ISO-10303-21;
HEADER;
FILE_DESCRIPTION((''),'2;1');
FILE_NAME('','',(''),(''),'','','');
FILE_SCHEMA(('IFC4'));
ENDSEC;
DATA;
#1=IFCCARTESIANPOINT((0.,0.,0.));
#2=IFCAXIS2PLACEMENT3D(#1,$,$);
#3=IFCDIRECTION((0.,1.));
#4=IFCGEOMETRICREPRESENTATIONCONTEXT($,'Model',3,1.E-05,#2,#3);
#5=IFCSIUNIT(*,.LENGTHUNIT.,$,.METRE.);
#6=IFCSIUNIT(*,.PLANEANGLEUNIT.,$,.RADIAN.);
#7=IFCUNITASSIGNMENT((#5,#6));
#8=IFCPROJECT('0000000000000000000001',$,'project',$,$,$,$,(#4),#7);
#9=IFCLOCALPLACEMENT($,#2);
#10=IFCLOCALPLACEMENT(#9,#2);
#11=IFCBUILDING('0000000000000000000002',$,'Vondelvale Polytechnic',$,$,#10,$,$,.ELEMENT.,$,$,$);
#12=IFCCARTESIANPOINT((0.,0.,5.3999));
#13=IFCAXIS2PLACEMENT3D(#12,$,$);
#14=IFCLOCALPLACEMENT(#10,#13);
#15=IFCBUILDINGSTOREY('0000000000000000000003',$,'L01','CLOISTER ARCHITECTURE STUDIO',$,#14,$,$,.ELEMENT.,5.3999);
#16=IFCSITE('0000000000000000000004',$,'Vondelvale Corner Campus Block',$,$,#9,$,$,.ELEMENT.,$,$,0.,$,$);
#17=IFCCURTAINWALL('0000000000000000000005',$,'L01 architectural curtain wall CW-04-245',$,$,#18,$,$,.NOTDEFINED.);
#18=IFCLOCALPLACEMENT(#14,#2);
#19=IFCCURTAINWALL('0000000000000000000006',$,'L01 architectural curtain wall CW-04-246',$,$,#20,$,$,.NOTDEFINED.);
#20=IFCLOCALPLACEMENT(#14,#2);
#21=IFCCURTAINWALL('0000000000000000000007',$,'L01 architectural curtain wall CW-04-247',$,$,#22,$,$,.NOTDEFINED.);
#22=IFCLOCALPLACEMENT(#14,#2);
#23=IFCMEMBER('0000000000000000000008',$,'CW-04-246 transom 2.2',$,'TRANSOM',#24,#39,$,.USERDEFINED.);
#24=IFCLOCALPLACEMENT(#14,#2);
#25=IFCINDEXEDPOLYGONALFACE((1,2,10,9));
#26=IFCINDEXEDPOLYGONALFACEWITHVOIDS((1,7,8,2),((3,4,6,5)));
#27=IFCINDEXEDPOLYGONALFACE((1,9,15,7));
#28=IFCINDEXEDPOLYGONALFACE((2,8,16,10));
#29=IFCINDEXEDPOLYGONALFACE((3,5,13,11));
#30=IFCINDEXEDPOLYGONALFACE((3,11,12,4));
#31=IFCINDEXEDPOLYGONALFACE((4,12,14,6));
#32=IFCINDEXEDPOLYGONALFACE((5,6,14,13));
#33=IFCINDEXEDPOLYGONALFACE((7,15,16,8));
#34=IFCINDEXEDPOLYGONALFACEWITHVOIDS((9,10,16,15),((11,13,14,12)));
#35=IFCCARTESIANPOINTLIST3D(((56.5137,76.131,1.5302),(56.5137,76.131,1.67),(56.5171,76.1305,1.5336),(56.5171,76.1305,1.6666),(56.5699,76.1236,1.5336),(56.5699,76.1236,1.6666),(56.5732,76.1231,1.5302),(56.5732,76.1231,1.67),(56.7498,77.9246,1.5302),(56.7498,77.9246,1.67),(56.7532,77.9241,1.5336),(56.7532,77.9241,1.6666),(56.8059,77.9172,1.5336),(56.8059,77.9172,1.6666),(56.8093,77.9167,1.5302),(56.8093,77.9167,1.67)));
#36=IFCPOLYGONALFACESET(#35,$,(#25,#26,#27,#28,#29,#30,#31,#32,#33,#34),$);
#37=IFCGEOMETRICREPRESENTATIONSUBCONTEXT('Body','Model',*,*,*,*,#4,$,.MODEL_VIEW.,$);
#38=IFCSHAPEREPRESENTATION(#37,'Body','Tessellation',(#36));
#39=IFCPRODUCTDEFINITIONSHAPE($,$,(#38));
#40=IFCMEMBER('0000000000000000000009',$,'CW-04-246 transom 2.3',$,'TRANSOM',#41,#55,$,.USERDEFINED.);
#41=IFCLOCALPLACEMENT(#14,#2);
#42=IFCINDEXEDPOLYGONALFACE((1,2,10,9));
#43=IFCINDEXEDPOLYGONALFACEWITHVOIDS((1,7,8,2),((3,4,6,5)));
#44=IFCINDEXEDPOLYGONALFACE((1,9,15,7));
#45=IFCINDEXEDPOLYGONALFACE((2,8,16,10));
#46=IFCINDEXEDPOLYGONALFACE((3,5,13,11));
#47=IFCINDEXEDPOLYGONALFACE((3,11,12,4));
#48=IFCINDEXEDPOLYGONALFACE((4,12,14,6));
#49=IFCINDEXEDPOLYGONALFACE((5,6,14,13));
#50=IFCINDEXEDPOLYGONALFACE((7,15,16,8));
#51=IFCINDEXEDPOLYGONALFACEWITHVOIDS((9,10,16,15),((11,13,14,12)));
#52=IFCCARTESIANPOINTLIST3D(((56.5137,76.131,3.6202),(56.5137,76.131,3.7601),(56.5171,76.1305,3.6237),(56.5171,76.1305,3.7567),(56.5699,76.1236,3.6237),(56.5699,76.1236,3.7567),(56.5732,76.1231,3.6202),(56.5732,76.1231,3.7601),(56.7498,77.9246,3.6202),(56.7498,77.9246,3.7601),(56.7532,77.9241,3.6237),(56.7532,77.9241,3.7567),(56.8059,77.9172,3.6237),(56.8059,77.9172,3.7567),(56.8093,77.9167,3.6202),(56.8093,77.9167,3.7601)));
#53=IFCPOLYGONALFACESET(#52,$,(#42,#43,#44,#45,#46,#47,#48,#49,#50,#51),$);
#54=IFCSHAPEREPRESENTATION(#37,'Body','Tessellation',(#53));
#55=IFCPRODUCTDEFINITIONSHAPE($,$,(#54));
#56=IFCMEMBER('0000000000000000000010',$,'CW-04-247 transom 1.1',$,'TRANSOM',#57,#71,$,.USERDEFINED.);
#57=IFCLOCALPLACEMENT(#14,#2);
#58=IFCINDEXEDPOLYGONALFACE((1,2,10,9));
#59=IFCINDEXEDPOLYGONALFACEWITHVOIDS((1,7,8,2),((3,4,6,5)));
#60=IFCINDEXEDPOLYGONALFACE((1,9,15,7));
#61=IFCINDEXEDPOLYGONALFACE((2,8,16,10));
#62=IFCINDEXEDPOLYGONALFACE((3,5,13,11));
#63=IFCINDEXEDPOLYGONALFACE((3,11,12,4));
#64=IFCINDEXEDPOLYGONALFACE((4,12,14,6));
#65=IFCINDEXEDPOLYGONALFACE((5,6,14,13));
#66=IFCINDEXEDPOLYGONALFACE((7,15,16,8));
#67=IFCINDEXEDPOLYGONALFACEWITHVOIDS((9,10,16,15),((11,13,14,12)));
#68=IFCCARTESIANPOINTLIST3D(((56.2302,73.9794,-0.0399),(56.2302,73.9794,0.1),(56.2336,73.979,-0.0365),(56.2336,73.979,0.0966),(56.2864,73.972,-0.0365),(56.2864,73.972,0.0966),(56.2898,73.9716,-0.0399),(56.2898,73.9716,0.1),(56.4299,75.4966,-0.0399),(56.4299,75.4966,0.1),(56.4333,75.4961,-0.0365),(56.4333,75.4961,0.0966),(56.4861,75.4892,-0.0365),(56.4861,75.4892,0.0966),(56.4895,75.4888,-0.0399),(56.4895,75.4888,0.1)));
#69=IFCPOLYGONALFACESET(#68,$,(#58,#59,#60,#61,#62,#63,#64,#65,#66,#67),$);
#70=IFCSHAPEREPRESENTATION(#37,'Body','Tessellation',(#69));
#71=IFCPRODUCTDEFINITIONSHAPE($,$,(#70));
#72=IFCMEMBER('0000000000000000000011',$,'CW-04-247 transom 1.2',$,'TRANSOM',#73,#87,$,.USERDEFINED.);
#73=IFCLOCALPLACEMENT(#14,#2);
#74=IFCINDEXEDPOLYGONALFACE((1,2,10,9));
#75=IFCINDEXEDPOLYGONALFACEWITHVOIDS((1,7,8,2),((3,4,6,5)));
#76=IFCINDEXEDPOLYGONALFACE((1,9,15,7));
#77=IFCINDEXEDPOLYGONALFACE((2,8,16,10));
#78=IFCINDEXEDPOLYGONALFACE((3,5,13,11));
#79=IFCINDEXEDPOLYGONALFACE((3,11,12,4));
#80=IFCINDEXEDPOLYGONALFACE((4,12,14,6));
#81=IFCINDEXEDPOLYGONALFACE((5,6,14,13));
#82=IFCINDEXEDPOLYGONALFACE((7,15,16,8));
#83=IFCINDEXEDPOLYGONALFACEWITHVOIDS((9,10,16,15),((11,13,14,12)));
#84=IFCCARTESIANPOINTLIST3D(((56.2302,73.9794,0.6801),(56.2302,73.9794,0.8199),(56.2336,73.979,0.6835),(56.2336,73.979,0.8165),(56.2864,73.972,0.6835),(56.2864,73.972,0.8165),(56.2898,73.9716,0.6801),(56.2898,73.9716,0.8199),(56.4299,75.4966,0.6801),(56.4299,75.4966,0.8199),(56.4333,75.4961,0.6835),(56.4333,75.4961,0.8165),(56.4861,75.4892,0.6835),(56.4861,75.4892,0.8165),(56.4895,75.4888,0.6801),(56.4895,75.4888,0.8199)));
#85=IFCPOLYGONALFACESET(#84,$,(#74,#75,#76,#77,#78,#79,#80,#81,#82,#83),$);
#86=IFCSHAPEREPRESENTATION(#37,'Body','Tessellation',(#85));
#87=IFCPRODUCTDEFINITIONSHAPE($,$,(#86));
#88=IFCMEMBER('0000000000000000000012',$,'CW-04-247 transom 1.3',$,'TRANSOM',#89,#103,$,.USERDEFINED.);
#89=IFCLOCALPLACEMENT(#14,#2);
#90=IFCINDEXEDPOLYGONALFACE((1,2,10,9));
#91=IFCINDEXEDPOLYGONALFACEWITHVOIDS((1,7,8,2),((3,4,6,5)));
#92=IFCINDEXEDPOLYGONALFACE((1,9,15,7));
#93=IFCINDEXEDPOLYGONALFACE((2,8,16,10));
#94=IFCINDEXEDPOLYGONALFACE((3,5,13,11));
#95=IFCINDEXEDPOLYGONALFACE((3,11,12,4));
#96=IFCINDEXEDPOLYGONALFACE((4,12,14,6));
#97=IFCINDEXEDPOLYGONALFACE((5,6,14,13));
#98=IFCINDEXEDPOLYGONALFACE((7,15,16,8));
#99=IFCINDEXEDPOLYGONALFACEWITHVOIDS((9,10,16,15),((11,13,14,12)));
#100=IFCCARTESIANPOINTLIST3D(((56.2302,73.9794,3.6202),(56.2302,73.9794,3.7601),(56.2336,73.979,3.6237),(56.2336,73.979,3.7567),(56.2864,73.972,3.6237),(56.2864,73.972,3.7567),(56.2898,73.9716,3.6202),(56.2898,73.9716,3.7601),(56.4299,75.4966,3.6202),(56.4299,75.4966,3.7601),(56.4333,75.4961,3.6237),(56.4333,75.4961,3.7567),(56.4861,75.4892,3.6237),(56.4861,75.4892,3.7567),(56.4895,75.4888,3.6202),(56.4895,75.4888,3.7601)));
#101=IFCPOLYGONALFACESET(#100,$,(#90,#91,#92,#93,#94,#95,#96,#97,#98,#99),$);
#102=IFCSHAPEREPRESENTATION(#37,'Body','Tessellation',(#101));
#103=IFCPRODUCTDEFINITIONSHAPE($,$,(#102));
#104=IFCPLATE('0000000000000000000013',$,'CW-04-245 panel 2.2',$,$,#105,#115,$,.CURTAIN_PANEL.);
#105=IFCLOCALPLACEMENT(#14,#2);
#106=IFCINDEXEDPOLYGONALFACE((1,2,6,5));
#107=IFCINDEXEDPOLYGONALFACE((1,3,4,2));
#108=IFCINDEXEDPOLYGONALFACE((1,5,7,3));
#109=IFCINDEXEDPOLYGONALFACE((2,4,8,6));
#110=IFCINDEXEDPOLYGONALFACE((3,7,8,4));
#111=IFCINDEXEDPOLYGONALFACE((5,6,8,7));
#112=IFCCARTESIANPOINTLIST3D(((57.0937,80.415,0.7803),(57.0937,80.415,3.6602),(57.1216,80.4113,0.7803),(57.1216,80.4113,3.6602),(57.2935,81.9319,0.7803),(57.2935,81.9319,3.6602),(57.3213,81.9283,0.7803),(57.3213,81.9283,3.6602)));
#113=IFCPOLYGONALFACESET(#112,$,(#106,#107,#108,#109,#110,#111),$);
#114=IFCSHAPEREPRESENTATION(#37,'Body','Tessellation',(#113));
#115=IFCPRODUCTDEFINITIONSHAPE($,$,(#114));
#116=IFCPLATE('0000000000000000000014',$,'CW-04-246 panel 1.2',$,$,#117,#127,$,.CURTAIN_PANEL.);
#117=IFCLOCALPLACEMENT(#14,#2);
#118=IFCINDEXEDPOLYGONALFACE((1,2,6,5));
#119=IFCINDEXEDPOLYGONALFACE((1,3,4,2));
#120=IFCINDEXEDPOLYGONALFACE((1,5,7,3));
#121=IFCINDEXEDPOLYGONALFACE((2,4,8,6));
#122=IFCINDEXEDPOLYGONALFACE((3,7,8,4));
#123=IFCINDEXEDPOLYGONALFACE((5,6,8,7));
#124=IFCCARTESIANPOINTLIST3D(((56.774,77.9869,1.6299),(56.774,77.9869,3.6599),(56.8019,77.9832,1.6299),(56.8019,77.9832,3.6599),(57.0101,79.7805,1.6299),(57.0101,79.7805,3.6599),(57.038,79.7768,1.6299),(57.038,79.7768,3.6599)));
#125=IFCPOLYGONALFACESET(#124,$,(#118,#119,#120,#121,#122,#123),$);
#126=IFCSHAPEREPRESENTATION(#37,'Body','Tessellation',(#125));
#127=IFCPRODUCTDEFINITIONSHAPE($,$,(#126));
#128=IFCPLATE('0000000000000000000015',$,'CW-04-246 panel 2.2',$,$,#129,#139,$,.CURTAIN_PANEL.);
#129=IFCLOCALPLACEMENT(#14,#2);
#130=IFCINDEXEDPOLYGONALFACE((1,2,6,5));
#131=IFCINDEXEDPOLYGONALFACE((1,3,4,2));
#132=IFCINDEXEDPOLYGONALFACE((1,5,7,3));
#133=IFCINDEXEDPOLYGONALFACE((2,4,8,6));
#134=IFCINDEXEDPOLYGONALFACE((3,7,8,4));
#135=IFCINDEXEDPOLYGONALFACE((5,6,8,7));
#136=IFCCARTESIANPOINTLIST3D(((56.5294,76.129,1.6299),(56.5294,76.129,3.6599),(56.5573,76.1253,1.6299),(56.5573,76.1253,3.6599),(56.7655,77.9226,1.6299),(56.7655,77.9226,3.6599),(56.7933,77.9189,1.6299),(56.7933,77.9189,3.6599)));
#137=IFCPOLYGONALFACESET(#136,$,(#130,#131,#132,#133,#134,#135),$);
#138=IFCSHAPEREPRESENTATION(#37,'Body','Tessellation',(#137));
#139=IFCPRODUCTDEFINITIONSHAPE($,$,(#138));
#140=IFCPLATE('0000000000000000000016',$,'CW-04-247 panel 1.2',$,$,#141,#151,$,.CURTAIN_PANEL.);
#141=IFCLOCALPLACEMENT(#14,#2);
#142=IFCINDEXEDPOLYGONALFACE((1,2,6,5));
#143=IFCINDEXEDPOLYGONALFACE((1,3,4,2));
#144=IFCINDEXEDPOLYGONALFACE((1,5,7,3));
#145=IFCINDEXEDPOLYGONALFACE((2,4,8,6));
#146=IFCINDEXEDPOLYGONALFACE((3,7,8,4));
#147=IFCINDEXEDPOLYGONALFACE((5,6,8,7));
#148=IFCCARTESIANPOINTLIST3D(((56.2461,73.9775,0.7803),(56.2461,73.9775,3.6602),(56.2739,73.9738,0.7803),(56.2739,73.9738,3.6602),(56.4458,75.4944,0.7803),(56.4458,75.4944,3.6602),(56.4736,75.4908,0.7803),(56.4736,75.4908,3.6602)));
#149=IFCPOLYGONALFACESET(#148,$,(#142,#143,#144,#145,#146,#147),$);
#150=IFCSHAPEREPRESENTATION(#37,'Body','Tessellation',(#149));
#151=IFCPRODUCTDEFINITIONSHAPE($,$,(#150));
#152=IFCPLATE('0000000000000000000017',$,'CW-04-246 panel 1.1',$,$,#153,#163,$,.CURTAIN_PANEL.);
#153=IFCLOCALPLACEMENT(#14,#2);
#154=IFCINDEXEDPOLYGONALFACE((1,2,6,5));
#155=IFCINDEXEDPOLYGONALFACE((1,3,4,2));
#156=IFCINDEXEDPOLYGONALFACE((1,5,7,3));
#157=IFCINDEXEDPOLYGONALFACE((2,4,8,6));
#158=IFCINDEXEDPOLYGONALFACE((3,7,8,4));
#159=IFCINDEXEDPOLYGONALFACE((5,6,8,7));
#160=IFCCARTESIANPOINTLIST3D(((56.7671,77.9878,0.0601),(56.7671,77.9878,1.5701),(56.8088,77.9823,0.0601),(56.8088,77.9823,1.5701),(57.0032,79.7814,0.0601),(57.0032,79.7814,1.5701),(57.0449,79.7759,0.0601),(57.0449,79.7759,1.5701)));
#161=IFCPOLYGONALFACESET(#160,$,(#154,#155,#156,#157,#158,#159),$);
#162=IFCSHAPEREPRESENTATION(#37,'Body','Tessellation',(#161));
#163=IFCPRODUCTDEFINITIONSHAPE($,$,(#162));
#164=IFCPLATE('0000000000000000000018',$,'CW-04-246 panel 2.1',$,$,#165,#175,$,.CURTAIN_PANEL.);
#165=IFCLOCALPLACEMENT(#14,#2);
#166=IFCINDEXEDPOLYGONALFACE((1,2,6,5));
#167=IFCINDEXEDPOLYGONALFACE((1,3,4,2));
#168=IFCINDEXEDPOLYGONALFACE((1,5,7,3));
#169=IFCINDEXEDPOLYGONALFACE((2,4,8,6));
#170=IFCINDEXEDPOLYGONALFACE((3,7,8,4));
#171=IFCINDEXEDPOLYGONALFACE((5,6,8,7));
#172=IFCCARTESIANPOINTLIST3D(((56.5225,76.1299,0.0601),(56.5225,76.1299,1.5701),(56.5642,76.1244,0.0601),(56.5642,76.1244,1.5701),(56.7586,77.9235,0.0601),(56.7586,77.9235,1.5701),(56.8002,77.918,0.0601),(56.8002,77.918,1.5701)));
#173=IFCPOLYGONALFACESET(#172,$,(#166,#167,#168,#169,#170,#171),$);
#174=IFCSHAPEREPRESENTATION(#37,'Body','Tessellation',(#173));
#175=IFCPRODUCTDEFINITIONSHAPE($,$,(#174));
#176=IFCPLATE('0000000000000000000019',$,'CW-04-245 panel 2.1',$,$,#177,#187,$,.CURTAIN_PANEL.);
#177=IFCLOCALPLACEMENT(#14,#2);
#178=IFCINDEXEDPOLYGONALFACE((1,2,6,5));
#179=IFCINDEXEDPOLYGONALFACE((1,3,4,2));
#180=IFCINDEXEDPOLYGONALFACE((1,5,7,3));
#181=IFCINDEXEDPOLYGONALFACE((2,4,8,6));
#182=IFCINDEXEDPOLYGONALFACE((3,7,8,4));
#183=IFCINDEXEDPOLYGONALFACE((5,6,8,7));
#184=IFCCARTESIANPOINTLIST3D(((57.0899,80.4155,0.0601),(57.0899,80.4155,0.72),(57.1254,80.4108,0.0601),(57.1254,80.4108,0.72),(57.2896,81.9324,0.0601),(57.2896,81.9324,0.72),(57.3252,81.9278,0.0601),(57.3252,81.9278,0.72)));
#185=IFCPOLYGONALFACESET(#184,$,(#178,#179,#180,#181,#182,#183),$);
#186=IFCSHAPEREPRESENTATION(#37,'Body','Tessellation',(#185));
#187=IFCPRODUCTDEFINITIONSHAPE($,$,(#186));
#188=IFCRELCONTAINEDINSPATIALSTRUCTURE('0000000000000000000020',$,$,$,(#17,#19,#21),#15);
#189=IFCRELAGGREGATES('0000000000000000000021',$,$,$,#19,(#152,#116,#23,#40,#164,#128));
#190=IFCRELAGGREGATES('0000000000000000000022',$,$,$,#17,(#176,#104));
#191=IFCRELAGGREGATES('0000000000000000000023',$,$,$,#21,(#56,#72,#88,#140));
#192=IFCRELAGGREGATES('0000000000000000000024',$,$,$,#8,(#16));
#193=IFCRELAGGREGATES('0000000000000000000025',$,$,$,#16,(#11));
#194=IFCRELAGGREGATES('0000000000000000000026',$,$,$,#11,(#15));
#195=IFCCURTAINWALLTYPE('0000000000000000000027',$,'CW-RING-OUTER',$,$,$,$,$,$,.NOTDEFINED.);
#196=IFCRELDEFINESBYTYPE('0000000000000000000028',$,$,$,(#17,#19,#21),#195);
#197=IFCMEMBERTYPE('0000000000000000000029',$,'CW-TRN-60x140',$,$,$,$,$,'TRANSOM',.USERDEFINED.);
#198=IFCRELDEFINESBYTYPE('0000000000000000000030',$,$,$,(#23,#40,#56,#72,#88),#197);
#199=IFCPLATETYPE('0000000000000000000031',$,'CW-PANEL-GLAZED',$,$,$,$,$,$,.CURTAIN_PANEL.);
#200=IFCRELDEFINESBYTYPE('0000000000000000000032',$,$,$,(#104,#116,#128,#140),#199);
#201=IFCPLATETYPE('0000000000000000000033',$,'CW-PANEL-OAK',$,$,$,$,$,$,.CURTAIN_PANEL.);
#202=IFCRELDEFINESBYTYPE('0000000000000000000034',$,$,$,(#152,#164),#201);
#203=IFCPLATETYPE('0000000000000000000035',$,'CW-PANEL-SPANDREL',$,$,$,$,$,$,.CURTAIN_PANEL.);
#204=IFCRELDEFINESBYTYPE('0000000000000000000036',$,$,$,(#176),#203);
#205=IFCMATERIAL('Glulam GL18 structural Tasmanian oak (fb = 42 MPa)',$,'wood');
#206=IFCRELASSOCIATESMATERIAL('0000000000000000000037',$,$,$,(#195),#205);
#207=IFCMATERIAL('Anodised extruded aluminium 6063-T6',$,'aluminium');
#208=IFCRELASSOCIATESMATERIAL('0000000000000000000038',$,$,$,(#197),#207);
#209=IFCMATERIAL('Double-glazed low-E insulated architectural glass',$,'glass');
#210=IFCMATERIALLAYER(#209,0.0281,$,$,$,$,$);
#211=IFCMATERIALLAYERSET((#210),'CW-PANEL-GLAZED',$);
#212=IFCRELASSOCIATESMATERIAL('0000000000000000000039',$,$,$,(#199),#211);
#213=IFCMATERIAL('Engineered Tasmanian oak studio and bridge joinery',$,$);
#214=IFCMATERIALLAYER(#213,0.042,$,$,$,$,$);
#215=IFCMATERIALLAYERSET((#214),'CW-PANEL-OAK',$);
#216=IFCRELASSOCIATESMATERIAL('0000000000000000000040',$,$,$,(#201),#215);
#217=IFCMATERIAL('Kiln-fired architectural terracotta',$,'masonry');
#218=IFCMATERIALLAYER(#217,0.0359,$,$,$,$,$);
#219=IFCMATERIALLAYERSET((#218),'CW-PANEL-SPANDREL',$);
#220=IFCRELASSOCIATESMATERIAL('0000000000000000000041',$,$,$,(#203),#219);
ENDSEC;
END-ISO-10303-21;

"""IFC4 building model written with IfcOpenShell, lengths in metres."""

from ifc_helpers import new_model, si_unit, direction, frame, origin, origin_2d, place, context, subcontext, project, spatial, rectangle, hollow_rectangle, extrude, material, layer, layer_set, material_profile, profile_set, type_object, element, aggregate, save


model = new_model("IFC4")

# Units and contexts
model_context = context("Model", 3, precision=1e-05, world=origin(), true_north=direction((0.0, 1.0)))
body_context = subcontext(model_context, "Body", "Model", "MODEL_VIEW")
ifc_project = project(units=[si_unit("LENGTHUNIT", "METRE"), si_unit("PLANEANGLEUNIT", "RADIAN")], contexts=[model_context])

# Site, building, storey
site_placement = place(None, origin())
site = spatial("IfcSite", under=ifc_project, at=site_placement, Name="Vondelvale Corner Campus Block", CompositionType="ELEMENT", RefElevation=0.0)
building_placement = place(site_placement, origin())
building = spatial("IfcBuilding", under=site, at=building_placement, Name="Vondelvale Polytechnic", CompositionType="ELEMENT")
storey_placement = place(building_placement, frame((0.0, 0.0, 5.3999)))
storey = spatial("IfcBuildingStorey", under=building, at=storey_placement, Name="L01", Description="CLOISTER ARCHITECTURE STUDIO", CompositionType="ELEMENT", Elevation=5.3999)

# Shared definitions
ifc_material_1 = material(Name="Glulam GL18 structural Tasmanian oak (fb = 42 MPa)", Category="wood")

# Curtain wall
curtain_wall_type = type_object("IfcCurtainWallType", Name="CW-RING-OUTER", PredefinedType="NOTDEFINED", material=ifc_material_1)
curtain_wall_1_placement = place(storey_placement, origin())
curtain_wall_1 = element("IfcCurtainWall", 1, at=curtain_wall_1_placement, inside=storey, type_object=curtain_wall_type, Name="L01 architectural curtain wall CW-04-245", PredefinedType="NOTDEFINED")
ifc_material_2 = material(Name="Anodised extruded aluminium 6063-T6", Category="aluminium")

# Curtain wall
curtain_wall_2_placement = place(storey_placement, origin())
curtain_wall_2 = element("IfcCurtainWall", 2, at=curtain_wall_2_placement, inside=storey, type_object=curtain_wall_type, Name="L01 architectural curtain wall CW-04-246", PredefinedType="NOTDEFINED")

# Curtain wall
curtain_wall_3_placement = place(storey_placement, origin())
curtain_wall_3 = element("IfcCurtainWall", 3, at=curtain_wall_3_placement, inside=storey, type_object=curtain_wall_type, Name="L01 architectural curtain wall CW-04-247", PredefinedType="NOTDEFINED")

# Members
ifc_material_profile_1 = material_profile(ifc_material_2, hollow_rectangle(XDim=0.0601, YDim=0.1399, WallThickness=0.0034, at=origin_2d()), Name="CW-TRN-140x60")
ifc_profile_set_1 = profile_set([ifc_material_profile_1], Name="Anodised extruded aluminium 6063-T6")
member_type_1 = type_object("IfcMemberType", Name="CW-TRN-60x140", ElementType="TRANSOM", PredefinedType="USERDEFINED", material=ifc_profile_set_1)
member_1_placement = place(storey_placement, frame((56.7795, 77.9207, 1.6001), z_axis=(-0.130493, -0.991449, 0.0), x_axis=(0.991449, -0.130493, 0.0)))
member_1 = element("IfcMember", 4, at=member_1_placement, type_object=member_type_1, Name="CW-04-246 transom 2.2", ObjectType="TRANSOM", PredefinedType="USERDEFINED", context=body_context, shape_type="SweptSolid", body=[
    extrude(hollow_rectangle(XDim=0.0601, YDim=0.1399, WallThickness=0.0034, at=origin_2d()), origin(), (0.0, 0.0, 1.0), 1.8091),
])
member_2_placement = place(storey_placement, frame((56.7795, 77.9207, 3.6902), z_axis=(-0.130493, -0.991449, 0.0), x_axis=(0.991449, -0.130493, 0.0)))
member_2 = element("IfcMember", 5, at=member_2_placement, type_object=member_type_1, Name="CW-04-246 transom 2.3", ObjectType="TRANSOM", PredefinedType="USERDEFINED", context=body_context, shape_type="SweptSolid", body=[
    extrude(hollow_rectangle(XDim=0.0601, YDim=0.1399, WallThickness=0.0034, at=origin_2d()), origin(), (0.0, 0.0, 1.0), 1.8091),
])
member_3_placement = place(storey_placement, frame((56.4597, 75.4927, 0.03), z_axis=(-0.130512, -0.991447, 0.0), x_axis=(0.991447, -0.130512, 0.0)))
member_3 = element("IfcMember", 6, at=member_3_placement, type_object=member_type_1, Name="CW-04-247 transom 1.1", ObjectType="TRANSOM", PredefinedType="USERDEFINED", context=body_context, shape_type="SweptSolid", body=[
    extrude(hollow_rectangle(XDim=0.0601, YDim=0.1399, WallThickness=0.0034, at=origin_2d()), origin(), (0.0, 0.0, 1.0), 1.5303),
])
member_4_placement = place(storey_placement, frame((56.4597, 75.4927, 0.75), z_axis=(-0.130512, -0.991447, 0.0), x_axis=(0.991447, -0.130512, 0.0)))
member_4 = element("IfcMember", 7, at=member_4_placement, type_object=member_type_1, Name="CW-04-247 transom 1.2", ObjectType="TRANSOM", PredefinedType="USERDEFINED", context=body_context, shape_type="SweptSolid", body=[
    extrude(hollow_rectangle(XDim=0.0601, YDim=0.1399, WallThickness=0.0034, at=origin_2d()), origin(), (0.0, 0.0, 1.0), 1.5303),
])
member_5_placement = place(storey_placement, frame((56.4597, 75.4927, 3.6902), z_axis=(-0.130512, -0.991447, 0.0), x_axis=(0.991447, -0.130512, 0.0)))
member_5 = element("IfcMember", 8, at=member_5_placement, type_object=member_type_1, Name="CW-04-247 transom 1.3", ObjectType="TRANSOM", PredefinedType="USERDEFINED", context=body_context, shape_type="SweptSolid", body=[
    extrude(hollow_rectangle(XDim=0.0601, YDim=0.1399, WallThickness=0.0034, at=origin_2d()), origin(), (0.0, 0.0, 1.0), 1.5303),
])

# Plates
ifc_material_3 = material(Name="Double-glazed low-E insulated architectural glass", Category="glass")
ifc_layer_1 = layer(ifc_material_3, 0.0281)
ifc_layer_set_1 = layer_set([ifc_layer_1], Name="CW-PANEL-GLAZED")
plate_type_1 = type_object("IfcPlateType", Name="CW-PANEL-GLAZED", PredefinedType="CURTAIN_PANEL", material=ifc_layer_set_1)
plate_1_placement = place(storey_placement, frame((57.2075, 81.1716, 0.7803), z_axis=(0.0, 0.0, 1.0), x_axis=(-0.13054, -0.991443, 0.0)))
plate_1 = element("IfcPlate", 9, at=plate_1_placement, type_object=plate_type_1, Name="CW-04-245 panel 2.2", PredefinedType="CURTAIN_PANEL", context=body_context, shape_type="SweptSolid", body=[
    extrude(rectangle(XDim=1.53, YDim=0.0281, at=origin_2d()), origin(), (0.0, 0.0, 1.0), 2.8799),
])
plate_2_placement = place(storey_placement, frame((56.906, 78.8818, 1.6299), z_axis=(0.0, 0.0, 1.0), x_axis=(-0.130497, -0.991449, 0.0)))
plate_2 = element("IfcPlate", 10, at=plate_2_placement, type_object=plate_type_1, Name="CW-04-246 panel 1.2", PredefinedType="CURTAIN_PANEL", context=body_context, shape_type="SweptSolid", body=[
    extrude(rectangle(XDim=1.8091, YDim=0.0281, at=origin_2d()), origin(), (0.0, 0.0, 1.0), 2.03),
])
plate_3_placement = place(storey_placement, frame((56.6614, 77.0239, 1.6299), z_axis=(0.0, 0.0, 1.0), x_axis=(-0.130497, -0.991449, 0.0)))
plate_3 = element("IfcPlate", 11, at=plate_3_placement, type_object=plate_type_1, Name="CW-04-246 panel 2.2", PredefinedType="CURTAIN_PANEL", context=body_context, shape_type="SweptSolid", body=[
    extrude(rectangle(XDim=1.8091, YDim=0.0281, at=origin_2d()), origin(), (0.0, 0.0, 1.0), 2.03),
])
plate_4_placement = place(storey_placement, frame((56.3599, 74.7341, 0.7803), z_axis=(0.0, 0.0, 1.0), x_axis=(-0.13054, -0.991443, 0.0)))
plate_4 = element("IfcPlate", 12, at=plate_4_placement, type_object=plate_type_1, Name="CW-04-247 panel 1.2", PredefinedType="CURTAIN_PANEL", context=body_context, shape_type="SweptSolid", body=[
    extrude(rectangle(XDim=1.53, YDim=0.0281, at=origin_2d()), origin(), (0.0, 0.0, 1.0), 2.8799),
])
ifc_material_4 = material(Name="Engineered Tasmanian oak studio and bridge joinery")
ifc_layer_2 = layer(ifc_material_4, 0.042)
ifc_layer_set_2 = layer_set([ifc_layer_2], Name="CW-PANEL-OAK")
plate_type_2 = type_object("IfcPlateType", Name="CW-PANEL-OAK", PredefinedType="CURTAIN_PANEL", material=ifc_layer_set_2)
plate_5_placement = place(storey_placement, frame((56.906, 78.8818, 0.0601), z_axis=(0.0, 0.0, 1.0), x_axis=(-0.130497, -0.991449, 0.0)))
plate_5 = element("IfcPlate", 13, at=plate_5_placement, type_object=plate_type_2, Name="CW-04-246 panel 1.1", PredefinedType="CURTAIN_PANEL", context=body_context, shape_type="SweptSolid", body=[
    extrude(rectangle(XDim=1.8091, YDim=0.042, at=origin_2d()), origin(), (0.0, 0.0, 1.0), 1.51),
])
plate_6_placement = place(storey_placement, frame((56.6614, 77.0239, 0.0601), z_axis=(0.0, 0.0, 1.0), x_axis=(-0.130497, -0.991449, 0.0)))
plate_6 = element("IfcPlate", 14, at=plate_6_placement, type_object=plate_type_2, Name="CW-04-246 panel 2.1", PredefinedType="CURTAIN_PANEL", context=body_context, shape_type="SweptSolid", body=[
    extrude(rectangle(XDim=1.8091, YDim=0.042, at=origin_2d()), origin(), (0.0, 0.0, 1.0), 1.51),
])
aggregate(curtain_wall_2, [plate_5, plate_2, member_1, member_2, plate_6, plate_3])
ifc_material_5 = material(Name="Kiln-fired architectural terracotta", Category="masonry")
ifc_layer_3 = layer(ifc_material_5, 0.0359)
ifc_layer_set_3 = layer_set([ifc_layer_3], Name="CW-PANEL-SPANDREL")
plate_type_3 = type_object("IfcPlateType", Name="CW-PANEL-SPANDREL", PredefinedType="CURTAIN_PANEL", material=ifc_layer_set_3)
plate_7_placement = place(storey_placement, frame((57.2075, 81.1716, 0.0601), z_axis=(0.0, 0.0, 1.0), x_axis=(-0.13054, -0.991443, 0.0)))
plate_7 = element("IfcPlate", 15, at=plate_7_placement, type_object=plate_type_3, Name="CW-04-245 panel 2.1", PredefinedType="CURTAIN_PANEL", context=body_context, shape_type="SweptSolid", body=[
    extrude(rectangle(XDim=1.53, YDim=0.0359, at=origin_2d()), origin(), (0.0, 0.0, 1.0), 0.6599),
])
aggregate(curtain_wall_1, [plate_7, plate_1])
aggregate(curtain_wall_3, [member_3, member_4, member_5, plate_4])

save(model, "model.ifc")
